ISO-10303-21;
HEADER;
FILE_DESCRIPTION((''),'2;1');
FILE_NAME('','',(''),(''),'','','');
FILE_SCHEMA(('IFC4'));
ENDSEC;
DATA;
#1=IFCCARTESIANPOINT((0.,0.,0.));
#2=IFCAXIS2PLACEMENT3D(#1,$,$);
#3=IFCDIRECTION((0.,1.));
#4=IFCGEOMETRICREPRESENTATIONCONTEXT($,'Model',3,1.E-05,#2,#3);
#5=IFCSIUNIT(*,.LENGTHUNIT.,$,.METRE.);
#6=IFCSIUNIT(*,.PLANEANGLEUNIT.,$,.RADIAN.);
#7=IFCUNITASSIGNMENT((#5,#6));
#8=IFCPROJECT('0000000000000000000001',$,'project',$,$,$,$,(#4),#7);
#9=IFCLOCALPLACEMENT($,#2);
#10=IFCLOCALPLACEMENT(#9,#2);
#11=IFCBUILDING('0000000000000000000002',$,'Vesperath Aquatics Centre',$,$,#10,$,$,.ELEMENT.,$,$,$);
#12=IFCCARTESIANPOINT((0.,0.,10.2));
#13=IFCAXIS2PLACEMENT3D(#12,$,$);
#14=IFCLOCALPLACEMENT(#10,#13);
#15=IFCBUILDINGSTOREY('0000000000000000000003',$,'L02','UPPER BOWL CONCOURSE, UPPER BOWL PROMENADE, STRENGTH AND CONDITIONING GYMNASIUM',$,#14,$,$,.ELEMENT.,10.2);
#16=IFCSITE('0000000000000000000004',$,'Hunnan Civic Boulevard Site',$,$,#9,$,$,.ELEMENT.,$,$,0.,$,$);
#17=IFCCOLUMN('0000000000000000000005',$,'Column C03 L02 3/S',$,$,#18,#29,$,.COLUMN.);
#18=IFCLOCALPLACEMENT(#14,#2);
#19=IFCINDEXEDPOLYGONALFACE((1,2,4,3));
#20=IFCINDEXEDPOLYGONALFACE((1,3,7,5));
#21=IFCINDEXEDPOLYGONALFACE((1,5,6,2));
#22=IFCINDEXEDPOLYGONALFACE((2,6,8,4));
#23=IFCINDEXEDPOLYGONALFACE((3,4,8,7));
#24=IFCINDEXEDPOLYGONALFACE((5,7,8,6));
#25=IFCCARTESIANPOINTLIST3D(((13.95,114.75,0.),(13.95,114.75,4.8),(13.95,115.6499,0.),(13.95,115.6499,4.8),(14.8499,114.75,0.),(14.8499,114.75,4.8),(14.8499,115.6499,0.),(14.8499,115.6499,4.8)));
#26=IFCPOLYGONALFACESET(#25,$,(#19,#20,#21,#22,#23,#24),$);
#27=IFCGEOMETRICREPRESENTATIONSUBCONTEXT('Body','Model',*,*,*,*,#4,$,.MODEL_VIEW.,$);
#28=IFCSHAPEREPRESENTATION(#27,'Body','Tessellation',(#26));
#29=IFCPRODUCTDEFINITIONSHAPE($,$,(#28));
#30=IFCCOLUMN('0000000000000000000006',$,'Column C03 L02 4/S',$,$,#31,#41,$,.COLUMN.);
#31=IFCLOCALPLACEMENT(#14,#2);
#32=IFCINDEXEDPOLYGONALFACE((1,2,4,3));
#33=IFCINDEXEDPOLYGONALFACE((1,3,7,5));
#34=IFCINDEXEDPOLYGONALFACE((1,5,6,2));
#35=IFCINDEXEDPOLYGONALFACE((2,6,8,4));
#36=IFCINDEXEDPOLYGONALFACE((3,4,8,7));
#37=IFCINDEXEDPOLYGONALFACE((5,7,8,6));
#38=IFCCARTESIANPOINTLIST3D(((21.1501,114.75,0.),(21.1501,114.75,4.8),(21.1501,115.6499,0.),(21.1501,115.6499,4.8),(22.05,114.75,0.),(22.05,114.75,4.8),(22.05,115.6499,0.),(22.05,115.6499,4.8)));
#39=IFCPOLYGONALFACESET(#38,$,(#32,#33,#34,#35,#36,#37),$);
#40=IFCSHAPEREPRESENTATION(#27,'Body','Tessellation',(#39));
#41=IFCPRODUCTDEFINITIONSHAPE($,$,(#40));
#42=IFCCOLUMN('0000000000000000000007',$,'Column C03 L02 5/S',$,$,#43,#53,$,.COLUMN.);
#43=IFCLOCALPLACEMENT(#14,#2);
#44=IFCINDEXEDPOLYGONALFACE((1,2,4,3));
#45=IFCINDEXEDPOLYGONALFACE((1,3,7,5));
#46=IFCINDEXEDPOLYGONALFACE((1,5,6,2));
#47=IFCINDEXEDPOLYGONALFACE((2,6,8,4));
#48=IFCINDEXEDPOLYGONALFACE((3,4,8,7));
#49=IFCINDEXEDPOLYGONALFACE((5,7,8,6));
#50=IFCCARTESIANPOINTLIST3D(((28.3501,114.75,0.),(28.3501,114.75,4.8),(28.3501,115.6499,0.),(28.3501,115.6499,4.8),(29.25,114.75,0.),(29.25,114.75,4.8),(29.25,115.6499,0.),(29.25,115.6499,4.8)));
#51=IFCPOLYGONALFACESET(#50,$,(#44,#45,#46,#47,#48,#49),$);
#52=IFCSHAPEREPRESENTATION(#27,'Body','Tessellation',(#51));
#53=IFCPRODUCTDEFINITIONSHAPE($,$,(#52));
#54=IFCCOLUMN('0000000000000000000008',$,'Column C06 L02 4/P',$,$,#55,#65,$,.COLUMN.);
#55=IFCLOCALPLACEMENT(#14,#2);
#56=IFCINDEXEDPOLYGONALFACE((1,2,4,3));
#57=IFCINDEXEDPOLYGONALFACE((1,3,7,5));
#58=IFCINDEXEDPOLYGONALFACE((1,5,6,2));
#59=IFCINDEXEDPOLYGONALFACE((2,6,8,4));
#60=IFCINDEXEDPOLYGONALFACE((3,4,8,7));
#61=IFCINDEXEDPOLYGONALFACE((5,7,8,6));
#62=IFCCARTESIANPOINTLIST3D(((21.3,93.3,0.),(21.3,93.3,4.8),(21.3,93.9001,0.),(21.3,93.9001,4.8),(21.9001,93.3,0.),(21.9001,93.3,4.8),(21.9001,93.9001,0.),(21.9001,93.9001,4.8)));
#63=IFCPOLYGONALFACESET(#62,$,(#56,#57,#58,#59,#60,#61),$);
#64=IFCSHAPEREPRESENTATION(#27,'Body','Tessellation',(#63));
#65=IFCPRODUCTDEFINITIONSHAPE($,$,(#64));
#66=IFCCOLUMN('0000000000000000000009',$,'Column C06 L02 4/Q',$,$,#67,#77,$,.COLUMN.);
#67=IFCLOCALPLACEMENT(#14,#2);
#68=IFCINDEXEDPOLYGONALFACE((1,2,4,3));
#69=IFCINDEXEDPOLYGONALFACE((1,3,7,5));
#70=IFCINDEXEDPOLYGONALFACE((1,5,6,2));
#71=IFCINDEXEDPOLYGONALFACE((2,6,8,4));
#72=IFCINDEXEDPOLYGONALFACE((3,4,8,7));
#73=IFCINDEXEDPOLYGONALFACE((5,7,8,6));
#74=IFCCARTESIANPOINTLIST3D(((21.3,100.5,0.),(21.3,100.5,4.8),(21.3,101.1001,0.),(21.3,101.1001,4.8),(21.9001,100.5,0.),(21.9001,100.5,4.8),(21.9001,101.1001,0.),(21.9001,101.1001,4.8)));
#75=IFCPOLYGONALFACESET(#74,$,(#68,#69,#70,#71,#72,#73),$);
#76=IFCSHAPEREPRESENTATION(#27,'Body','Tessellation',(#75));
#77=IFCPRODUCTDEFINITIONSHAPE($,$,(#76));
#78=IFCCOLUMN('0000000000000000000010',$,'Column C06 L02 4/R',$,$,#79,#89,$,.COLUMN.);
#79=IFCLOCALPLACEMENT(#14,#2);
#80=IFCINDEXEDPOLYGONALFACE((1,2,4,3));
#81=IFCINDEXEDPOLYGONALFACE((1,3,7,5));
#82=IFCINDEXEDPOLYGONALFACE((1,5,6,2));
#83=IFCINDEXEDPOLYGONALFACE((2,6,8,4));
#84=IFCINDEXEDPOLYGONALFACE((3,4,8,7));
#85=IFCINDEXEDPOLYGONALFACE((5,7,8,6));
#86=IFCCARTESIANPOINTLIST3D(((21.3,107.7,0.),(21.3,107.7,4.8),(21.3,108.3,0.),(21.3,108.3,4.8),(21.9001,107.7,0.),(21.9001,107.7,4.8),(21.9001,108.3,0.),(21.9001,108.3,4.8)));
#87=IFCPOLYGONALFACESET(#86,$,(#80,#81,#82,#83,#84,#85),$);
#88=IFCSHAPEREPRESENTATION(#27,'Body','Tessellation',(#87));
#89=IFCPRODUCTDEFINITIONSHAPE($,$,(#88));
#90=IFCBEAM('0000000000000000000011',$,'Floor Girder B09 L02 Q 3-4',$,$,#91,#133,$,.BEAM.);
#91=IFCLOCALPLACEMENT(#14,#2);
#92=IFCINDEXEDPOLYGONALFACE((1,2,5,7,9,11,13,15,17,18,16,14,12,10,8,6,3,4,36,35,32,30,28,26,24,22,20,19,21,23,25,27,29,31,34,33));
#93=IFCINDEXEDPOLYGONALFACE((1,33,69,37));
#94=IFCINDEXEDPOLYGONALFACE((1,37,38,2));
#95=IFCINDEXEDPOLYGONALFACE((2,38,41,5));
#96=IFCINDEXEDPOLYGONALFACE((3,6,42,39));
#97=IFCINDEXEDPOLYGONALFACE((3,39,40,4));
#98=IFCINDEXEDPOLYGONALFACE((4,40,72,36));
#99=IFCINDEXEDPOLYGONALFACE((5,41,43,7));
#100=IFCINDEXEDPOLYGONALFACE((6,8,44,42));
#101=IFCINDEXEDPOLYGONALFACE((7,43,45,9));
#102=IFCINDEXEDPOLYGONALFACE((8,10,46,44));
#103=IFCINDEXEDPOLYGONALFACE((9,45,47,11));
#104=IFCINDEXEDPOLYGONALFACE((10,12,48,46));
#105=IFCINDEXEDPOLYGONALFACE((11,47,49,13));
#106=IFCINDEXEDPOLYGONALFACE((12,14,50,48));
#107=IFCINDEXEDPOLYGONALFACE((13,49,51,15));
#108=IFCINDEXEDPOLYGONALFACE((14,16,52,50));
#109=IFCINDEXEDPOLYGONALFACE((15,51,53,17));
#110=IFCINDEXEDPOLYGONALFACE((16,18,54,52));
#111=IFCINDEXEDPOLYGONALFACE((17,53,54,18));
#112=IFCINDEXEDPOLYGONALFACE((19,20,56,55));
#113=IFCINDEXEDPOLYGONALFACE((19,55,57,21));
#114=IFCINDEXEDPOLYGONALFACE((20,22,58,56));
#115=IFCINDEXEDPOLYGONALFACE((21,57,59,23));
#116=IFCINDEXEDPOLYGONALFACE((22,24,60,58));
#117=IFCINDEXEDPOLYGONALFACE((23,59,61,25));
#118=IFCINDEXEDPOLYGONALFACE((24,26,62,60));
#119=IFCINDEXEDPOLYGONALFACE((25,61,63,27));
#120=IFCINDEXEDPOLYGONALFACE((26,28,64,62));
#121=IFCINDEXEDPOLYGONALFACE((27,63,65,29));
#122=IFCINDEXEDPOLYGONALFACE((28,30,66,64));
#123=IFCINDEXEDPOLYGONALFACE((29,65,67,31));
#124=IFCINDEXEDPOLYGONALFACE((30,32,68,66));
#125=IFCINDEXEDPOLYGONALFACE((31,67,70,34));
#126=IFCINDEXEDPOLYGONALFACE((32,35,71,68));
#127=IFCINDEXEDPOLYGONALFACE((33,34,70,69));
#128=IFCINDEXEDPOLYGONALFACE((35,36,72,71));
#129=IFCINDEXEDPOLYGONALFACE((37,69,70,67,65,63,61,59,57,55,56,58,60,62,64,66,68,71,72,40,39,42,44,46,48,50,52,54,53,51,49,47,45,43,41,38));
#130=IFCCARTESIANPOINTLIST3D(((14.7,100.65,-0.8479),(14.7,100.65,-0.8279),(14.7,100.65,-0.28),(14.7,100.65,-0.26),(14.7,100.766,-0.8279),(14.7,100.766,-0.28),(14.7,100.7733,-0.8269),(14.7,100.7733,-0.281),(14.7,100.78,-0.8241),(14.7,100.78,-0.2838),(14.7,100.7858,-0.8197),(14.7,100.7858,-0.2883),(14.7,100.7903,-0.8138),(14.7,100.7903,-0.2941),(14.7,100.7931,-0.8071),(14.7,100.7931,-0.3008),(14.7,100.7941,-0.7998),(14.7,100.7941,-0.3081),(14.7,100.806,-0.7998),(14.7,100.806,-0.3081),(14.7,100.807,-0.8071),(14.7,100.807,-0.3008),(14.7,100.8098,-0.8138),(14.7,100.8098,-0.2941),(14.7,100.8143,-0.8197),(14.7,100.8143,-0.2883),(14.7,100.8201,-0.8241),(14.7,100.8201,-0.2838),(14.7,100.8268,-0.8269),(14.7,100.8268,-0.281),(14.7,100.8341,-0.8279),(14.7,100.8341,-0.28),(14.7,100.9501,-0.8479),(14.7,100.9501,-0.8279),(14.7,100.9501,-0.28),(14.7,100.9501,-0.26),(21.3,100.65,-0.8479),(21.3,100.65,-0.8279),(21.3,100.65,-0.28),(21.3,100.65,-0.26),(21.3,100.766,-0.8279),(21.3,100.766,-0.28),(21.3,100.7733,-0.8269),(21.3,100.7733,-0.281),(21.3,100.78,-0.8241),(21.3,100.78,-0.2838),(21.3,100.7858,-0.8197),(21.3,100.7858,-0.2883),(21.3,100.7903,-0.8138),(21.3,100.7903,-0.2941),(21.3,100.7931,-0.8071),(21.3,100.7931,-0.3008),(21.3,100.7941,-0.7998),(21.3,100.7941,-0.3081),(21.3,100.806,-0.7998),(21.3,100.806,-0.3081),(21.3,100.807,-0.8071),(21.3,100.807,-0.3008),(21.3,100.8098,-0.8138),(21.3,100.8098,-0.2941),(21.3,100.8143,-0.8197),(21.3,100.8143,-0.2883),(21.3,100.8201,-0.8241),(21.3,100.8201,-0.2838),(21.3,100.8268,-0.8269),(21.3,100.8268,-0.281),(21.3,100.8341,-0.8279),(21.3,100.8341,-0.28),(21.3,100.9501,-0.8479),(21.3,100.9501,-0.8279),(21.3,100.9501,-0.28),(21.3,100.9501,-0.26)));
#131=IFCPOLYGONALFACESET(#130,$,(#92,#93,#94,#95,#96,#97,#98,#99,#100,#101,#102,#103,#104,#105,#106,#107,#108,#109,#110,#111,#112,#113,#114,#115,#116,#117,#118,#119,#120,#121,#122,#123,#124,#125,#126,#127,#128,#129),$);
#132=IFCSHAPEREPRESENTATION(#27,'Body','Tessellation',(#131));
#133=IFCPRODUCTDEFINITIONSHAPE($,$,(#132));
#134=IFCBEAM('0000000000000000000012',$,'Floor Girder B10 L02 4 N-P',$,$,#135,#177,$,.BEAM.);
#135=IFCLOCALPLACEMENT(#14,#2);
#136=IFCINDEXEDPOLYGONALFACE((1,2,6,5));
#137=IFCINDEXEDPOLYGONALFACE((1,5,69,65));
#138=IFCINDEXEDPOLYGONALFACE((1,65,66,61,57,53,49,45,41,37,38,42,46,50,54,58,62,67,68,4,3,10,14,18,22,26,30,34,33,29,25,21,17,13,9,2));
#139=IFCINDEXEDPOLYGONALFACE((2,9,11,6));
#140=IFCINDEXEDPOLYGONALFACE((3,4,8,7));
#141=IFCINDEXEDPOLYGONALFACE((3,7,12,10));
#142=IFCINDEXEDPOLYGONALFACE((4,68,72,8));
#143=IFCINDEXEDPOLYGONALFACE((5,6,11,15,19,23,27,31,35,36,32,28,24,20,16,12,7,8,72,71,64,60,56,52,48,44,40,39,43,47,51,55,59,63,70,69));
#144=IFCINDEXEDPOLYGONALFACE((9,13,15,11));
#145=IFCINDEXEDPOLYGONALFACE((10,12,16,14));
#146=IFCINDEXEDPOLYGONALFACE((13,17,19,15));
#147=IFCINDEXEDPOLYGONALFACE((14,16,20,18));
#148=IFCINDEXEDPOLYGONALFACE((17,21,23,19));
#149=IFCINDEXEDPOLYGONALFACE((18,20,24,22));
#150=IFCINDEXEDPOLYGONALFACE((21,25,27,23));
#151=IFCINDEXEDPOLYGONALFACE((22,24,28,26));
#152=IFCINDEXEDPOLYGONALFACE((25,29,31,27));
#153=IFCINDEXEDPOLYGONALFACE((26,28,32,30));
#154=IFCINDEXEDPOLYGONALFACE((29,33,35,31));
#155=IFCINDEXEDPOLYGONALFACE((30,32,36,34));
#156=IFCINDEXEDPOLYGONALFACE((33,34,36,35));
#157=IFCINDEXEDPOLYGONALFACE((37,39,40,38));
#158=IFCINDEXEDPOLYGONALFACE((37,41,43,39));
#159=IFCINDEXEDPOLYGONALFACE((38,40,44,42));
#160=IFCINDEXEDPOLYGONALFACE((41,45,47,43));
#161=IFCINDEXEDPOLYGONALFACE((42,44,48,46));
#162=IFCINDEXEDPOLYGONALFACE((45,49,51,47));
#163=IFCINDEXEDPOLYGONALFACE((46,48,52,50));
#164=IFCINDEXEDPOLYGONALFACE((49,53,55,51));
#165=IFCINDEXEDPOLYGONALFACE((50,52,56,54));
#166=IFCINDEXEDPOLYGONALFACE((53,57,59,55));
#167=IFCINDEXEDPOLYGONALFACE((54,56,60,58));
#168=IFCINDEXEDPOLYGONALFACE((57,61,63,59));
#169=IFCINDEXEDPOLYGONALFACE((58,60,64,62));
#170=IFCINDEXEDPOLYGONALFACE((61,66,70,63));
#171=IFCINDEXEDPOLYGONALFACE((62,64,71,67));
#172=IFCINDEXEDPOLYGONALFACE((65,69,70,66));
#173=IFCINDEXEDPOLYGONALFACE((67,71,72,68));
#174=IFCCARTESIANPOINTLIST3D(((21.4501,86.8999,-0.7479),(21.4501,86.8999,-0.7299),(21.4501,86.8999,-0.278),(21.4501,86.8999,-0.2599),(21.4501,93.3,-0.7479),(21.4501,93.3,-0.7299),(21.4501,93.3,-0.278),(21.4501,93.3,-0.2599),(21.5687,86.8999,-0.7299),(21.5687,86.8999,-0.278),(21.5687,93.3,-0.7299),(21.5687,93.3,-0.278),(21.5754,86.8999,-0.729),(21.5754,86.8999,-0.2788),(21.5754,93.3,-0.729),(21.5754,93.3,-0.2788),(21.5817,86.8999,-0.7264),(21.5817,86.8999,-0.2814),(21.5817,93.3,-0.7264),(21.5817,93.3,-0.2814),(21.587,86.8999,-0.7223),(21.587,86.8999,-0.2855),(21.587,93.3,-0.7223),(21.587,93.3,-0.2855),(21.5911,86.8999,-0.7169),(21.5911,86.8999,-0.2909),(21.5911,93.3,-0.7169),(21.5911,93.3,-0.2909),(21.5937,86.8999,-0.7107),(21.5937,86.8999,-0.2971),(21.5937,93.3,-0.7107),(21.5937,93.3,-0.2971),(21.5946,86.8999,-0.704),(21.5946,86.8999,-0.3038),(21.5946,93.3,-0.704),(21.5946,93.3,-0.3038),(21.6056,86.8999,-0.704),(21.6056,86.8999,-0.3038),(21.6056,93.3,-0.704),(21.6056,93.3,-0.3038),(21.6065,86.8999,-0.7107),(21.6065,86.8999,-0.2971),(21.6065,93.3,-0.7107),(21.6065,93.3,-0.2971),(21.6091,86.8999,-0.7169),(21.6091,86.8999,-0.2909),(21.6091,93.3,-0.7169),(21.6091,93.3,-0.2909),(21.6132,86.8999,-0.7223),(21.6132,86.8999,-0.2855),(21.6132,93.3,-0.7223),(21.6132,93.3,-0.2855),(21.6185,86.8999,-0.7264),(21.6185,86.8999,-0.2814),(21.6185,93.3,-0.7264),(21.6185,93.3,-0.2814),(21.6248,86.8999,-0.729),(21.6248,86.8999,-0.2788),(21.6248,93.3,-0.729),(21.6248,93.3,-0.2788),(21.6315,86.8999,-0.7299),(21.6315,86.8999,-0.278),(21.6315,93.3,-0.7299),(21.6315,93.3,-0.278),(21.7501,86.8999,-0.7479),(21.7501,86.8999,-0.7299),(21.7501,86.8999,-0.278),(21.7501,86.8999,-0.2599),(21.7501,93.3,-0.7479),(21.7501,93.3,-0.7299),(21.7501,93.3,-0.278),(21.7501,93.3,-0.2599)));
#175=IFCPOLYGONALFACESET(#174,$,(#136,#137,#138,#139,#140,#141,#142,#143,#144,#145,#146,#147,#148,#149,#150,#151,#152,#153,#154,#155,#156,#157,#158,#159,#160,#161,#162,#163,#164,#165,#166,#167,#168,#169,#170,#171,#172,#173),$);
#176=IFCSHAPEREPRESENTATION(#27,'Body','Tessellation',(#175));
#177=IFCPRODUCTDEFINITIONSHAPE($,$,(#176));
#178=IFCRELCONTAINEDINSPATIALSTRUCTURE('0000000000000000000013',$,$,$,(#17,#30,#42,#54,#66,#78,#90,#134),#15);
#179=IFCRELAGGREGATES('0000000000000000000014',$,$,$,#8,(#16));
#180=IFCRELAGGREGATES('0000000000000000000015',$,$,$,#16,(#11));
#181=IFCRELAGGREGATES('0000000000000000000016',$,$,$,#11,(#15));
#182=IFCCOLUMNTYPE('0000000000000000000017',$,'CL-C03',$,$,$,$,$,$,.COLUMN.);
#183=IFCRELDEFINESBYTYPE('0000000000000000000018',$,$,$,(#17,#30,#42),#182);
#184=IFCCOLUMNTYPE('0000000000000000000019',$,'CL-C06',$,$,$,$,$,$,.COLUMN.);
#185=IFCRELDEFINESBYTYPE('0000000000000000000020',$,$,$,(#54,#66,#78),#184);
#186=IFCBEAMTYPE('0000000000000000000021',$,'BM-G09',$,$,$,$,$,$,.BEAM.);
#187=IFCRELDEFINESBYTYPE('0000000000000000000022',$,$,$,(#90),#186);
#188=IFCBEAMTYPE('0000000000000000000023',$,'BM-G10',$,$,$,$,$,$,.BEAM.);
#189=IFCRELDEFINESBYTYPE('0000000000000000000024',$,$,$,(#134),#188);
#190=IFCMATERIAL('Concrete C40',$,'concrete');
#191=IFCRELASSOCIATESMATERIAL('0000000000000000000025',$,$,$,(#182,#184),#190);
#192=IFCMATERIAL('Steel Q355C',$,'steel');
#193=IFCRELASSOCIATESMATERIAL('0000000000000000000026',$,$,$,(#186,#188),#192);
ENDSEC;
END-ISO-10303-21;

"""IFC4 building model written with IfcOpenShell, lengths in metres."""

from ifc_helpers import new_model, si_unit, direction, frame, origin, origin_2d, place, context, subcontext, project, spatial, rectangle, i_section, extrude, material, material_profile, profile_set, type_object, element, save


model = new_model("IFC4")

# Units and contexts
model_context = context("Model", 3, precision=1e-05, world=origin(), true_north=direction((0.0, 1.0)))
body_context = subcontext(model_context, "Body", "Model", "MODEL_VIEW")
ifc_project = project(units=[si_unit("LENGTHUNIT", "METRE"), si_unit("PLANEANGLEUNIT", "RADIAN")], contexts=[model_context])

# Site, building, storey
site_placement = place(None, origin())
site = spatial("IfcSite", under=ifc_project, at=site_placement, Name="Hunnan Civic Boulevard Site", CompositionType="ELEMENT", RefElevation=0.0)
building_placement = place(site_placement, origin())
building = spatial("IfcBuilding", under=site, at=building_placement, Name="Vesperath Aquatics Centre", CompositionType="ELEMENT")
storey_placement = place(building_placement, frame((0.0, 0.0, 10.2)))
storey = spatial("IfcBuildingStorey", under=building, at=storey_placement, Name="L02", Description="UPPER BOWL CONCOURSE, UPPER BOWL PROMENADE, STRENGTH AND CONDITIONING GYMNASIUM", CompositionType="ELEMENT", Elevation=10.2)

# Columns
ifc_material_1 = material(Name="Concrete C40", Category="concrete")
ifc_material_profile_1 = material_profile(ifc_material_1, rectangle(XDim=0.8999, YDim=0.8999, at=origin_2d()), Name="RC 900x900")
ifc_profile_set_1 = profile_set([ifc_material_profile_1], Name="Concrete C40")
column_type_1 = type_object("IfcColumnType", Name="CL-C03", PredefinedType="COLUMN", material=ifc_profile_set_1)
for number, where, z_axis, x_axis, name in (
    (1, (14.3999, 115.2, 0.0), (0.0, 0.0, 1.0), (1.0, 0.0, 0.0), "Column C03 L02 3/S"),
    (2, (21.6001, 115.2, 0.0), (0.0, 0.0, 1.0), (1.0, 0.0, 0.0), "Column C03 L02 4/S"),
    (3, (28.8, 115.2, 0.0), (0.0, 0.0, 1.0), (1.0, 0.0, 0.0), "Column C03 L02 5/S"),
):
    element("IfcColumn", number, at=place(storey_placement, frame(where, z_axis=z_axis, x_axis=x_axis)), inside=storey, type_object=column_type_1, Name=name, PredefinedType="COLUMN", context=body_context, shape_type="SweptSolid", body=[
        extrude(rectangle(XDim=0.8999, YDim=0.8999, at=origin_2d()), origin(), (0.0, 0.0, 1.0), 4.8),
    ])
ifc_material_profile_2 = material_profile(ifc_material_1, rectangle(XDim=0.6001, YDim=0.6001, at=origin_2d()), Name="RC 600x600")
ifc_profile_set_2 = profile_set([ifc_material_profile_2], Name="Concrete C40")
column_type_2 = type_object("IfcColumnType", Name="CL-C06", PredefinedType="COLUMN", material=ifc_profile_set_2)
for number, where, z_axis, x_axis, name in (
    (4, (21.6001, 93.6001, 0.0), (0.0, 0.0, 1.0), (1.0, 0.0, 0.0), "Column C06 L02 4/P"),
    (5, (21.6001, 100.8, 0.0), (0.0, 0.0, 1.0), (1.0, 0.0, 0.0), "Column C06 L02 4/Q"),
    (6, (21.6001, 108.0, 0.0), (0.0, 0.0, 1.0), (1.0, 0.0, 0.0), "Column C06 L02 4/R"),
):
    element("IfcColumn", number, at=place(storey_placement, frame(where, z_axis=z_axis, x_axis=x_axis)), inside=storey, type_object=column_type_2, Name=name, PredefinedType="COLUMN", context=body_context, shape_type="SweptSolid", body=[
        extrude(rectangle(XDim=0.6001, YDim=0.6001, at=origin_2d()), origin(), (0.0, 0.0, 1.0), 4.8),
    ])

# Beams
ifc_material_2 = material(Name="Steel Q355C", Category="steel")
ifc_material_profile_3 = material_profile(ifc_material_2, i_section(OverallWidth=0.3, OverallDepth=0.5879, WebThickness=0.012, FlangeThickness=0.02, FilletRadius=0.0281, at=origin_2d()), Name="HM 588x300x12x20")
ifc_profile_set_3 = profile_set([ifc_material_profile_3], Name="Steel Q355C")
beam_type_1 = type_object("IfcBeamType", Name="BM-G09", PredefinedType="BEAM", material=ifc_profile_set_3)
beam_1_placement = place(storey_placement, frame((14.7, 100.8, -0.554), z_axis=(1.0, 0.0, 0.0), x_axis=(0.0, 1.0, 0.0)))
element("IfcBeam", 7, at=beam_1_placement, inside=storey, type_object=beam_type_1, Name="Floor Girder B09 L02 Q 3-4", PredefinedType="BEAM", context=body_context, shape_type="SweptSolid", body=[
    extrude(i_section(OverallWidth=0.3, OverallDepth=0.5879, WebThickness=0.012, FlangeThickness=0.02, FilletRadius=0.0281, at=origin_2d()), origin(), (0.0, 0.0, 1.0), 6.6001),
])
ifc_material_profile_4 = material_profile(ifc_material_2, i_section(OverallWidth=0.3, OverallDepth=0.488, WebThickness=0.011, FlangeThickness=0.0181, FilletRadius=0.0259, at=origin_2d()), Name="HM 488x300x11x18")
ifc_profile_set_4 = profile_set([ifc_material_profile_4], Name="Steel Q355C")
beam_type_2 = type_object("IfcBeamType", Name="BM-G10", PredefinedType="BEAM", material=ifc_profile_set_4)
beam_2_placement = place(storey_placement, frame((21.6001, 86.8999, -0.5039), z_axis=(0.0, 1.0, 0.0), x_axis=(-1.0, 0.0, 0.0)))
element("IfcBeam", 8, at=beam_2_placement, inside=storey, type_object=beam_type_2, Name="Floor Girder B10 L02 4 N-P", PredefinedType="BEAM", context=body_context, shape_type="SweptSolid", body=[
    extrude(i_section(OverallWidth=0.3, OverallDepth=0.488, WebThickness=0.011, FlangeThickness=0.0181, FilletRadius=0.0259, at=origin_2d()), origin(), (0.0, 0.0, 1.0), 6.4001),
])

save(model, "model.ifc")
